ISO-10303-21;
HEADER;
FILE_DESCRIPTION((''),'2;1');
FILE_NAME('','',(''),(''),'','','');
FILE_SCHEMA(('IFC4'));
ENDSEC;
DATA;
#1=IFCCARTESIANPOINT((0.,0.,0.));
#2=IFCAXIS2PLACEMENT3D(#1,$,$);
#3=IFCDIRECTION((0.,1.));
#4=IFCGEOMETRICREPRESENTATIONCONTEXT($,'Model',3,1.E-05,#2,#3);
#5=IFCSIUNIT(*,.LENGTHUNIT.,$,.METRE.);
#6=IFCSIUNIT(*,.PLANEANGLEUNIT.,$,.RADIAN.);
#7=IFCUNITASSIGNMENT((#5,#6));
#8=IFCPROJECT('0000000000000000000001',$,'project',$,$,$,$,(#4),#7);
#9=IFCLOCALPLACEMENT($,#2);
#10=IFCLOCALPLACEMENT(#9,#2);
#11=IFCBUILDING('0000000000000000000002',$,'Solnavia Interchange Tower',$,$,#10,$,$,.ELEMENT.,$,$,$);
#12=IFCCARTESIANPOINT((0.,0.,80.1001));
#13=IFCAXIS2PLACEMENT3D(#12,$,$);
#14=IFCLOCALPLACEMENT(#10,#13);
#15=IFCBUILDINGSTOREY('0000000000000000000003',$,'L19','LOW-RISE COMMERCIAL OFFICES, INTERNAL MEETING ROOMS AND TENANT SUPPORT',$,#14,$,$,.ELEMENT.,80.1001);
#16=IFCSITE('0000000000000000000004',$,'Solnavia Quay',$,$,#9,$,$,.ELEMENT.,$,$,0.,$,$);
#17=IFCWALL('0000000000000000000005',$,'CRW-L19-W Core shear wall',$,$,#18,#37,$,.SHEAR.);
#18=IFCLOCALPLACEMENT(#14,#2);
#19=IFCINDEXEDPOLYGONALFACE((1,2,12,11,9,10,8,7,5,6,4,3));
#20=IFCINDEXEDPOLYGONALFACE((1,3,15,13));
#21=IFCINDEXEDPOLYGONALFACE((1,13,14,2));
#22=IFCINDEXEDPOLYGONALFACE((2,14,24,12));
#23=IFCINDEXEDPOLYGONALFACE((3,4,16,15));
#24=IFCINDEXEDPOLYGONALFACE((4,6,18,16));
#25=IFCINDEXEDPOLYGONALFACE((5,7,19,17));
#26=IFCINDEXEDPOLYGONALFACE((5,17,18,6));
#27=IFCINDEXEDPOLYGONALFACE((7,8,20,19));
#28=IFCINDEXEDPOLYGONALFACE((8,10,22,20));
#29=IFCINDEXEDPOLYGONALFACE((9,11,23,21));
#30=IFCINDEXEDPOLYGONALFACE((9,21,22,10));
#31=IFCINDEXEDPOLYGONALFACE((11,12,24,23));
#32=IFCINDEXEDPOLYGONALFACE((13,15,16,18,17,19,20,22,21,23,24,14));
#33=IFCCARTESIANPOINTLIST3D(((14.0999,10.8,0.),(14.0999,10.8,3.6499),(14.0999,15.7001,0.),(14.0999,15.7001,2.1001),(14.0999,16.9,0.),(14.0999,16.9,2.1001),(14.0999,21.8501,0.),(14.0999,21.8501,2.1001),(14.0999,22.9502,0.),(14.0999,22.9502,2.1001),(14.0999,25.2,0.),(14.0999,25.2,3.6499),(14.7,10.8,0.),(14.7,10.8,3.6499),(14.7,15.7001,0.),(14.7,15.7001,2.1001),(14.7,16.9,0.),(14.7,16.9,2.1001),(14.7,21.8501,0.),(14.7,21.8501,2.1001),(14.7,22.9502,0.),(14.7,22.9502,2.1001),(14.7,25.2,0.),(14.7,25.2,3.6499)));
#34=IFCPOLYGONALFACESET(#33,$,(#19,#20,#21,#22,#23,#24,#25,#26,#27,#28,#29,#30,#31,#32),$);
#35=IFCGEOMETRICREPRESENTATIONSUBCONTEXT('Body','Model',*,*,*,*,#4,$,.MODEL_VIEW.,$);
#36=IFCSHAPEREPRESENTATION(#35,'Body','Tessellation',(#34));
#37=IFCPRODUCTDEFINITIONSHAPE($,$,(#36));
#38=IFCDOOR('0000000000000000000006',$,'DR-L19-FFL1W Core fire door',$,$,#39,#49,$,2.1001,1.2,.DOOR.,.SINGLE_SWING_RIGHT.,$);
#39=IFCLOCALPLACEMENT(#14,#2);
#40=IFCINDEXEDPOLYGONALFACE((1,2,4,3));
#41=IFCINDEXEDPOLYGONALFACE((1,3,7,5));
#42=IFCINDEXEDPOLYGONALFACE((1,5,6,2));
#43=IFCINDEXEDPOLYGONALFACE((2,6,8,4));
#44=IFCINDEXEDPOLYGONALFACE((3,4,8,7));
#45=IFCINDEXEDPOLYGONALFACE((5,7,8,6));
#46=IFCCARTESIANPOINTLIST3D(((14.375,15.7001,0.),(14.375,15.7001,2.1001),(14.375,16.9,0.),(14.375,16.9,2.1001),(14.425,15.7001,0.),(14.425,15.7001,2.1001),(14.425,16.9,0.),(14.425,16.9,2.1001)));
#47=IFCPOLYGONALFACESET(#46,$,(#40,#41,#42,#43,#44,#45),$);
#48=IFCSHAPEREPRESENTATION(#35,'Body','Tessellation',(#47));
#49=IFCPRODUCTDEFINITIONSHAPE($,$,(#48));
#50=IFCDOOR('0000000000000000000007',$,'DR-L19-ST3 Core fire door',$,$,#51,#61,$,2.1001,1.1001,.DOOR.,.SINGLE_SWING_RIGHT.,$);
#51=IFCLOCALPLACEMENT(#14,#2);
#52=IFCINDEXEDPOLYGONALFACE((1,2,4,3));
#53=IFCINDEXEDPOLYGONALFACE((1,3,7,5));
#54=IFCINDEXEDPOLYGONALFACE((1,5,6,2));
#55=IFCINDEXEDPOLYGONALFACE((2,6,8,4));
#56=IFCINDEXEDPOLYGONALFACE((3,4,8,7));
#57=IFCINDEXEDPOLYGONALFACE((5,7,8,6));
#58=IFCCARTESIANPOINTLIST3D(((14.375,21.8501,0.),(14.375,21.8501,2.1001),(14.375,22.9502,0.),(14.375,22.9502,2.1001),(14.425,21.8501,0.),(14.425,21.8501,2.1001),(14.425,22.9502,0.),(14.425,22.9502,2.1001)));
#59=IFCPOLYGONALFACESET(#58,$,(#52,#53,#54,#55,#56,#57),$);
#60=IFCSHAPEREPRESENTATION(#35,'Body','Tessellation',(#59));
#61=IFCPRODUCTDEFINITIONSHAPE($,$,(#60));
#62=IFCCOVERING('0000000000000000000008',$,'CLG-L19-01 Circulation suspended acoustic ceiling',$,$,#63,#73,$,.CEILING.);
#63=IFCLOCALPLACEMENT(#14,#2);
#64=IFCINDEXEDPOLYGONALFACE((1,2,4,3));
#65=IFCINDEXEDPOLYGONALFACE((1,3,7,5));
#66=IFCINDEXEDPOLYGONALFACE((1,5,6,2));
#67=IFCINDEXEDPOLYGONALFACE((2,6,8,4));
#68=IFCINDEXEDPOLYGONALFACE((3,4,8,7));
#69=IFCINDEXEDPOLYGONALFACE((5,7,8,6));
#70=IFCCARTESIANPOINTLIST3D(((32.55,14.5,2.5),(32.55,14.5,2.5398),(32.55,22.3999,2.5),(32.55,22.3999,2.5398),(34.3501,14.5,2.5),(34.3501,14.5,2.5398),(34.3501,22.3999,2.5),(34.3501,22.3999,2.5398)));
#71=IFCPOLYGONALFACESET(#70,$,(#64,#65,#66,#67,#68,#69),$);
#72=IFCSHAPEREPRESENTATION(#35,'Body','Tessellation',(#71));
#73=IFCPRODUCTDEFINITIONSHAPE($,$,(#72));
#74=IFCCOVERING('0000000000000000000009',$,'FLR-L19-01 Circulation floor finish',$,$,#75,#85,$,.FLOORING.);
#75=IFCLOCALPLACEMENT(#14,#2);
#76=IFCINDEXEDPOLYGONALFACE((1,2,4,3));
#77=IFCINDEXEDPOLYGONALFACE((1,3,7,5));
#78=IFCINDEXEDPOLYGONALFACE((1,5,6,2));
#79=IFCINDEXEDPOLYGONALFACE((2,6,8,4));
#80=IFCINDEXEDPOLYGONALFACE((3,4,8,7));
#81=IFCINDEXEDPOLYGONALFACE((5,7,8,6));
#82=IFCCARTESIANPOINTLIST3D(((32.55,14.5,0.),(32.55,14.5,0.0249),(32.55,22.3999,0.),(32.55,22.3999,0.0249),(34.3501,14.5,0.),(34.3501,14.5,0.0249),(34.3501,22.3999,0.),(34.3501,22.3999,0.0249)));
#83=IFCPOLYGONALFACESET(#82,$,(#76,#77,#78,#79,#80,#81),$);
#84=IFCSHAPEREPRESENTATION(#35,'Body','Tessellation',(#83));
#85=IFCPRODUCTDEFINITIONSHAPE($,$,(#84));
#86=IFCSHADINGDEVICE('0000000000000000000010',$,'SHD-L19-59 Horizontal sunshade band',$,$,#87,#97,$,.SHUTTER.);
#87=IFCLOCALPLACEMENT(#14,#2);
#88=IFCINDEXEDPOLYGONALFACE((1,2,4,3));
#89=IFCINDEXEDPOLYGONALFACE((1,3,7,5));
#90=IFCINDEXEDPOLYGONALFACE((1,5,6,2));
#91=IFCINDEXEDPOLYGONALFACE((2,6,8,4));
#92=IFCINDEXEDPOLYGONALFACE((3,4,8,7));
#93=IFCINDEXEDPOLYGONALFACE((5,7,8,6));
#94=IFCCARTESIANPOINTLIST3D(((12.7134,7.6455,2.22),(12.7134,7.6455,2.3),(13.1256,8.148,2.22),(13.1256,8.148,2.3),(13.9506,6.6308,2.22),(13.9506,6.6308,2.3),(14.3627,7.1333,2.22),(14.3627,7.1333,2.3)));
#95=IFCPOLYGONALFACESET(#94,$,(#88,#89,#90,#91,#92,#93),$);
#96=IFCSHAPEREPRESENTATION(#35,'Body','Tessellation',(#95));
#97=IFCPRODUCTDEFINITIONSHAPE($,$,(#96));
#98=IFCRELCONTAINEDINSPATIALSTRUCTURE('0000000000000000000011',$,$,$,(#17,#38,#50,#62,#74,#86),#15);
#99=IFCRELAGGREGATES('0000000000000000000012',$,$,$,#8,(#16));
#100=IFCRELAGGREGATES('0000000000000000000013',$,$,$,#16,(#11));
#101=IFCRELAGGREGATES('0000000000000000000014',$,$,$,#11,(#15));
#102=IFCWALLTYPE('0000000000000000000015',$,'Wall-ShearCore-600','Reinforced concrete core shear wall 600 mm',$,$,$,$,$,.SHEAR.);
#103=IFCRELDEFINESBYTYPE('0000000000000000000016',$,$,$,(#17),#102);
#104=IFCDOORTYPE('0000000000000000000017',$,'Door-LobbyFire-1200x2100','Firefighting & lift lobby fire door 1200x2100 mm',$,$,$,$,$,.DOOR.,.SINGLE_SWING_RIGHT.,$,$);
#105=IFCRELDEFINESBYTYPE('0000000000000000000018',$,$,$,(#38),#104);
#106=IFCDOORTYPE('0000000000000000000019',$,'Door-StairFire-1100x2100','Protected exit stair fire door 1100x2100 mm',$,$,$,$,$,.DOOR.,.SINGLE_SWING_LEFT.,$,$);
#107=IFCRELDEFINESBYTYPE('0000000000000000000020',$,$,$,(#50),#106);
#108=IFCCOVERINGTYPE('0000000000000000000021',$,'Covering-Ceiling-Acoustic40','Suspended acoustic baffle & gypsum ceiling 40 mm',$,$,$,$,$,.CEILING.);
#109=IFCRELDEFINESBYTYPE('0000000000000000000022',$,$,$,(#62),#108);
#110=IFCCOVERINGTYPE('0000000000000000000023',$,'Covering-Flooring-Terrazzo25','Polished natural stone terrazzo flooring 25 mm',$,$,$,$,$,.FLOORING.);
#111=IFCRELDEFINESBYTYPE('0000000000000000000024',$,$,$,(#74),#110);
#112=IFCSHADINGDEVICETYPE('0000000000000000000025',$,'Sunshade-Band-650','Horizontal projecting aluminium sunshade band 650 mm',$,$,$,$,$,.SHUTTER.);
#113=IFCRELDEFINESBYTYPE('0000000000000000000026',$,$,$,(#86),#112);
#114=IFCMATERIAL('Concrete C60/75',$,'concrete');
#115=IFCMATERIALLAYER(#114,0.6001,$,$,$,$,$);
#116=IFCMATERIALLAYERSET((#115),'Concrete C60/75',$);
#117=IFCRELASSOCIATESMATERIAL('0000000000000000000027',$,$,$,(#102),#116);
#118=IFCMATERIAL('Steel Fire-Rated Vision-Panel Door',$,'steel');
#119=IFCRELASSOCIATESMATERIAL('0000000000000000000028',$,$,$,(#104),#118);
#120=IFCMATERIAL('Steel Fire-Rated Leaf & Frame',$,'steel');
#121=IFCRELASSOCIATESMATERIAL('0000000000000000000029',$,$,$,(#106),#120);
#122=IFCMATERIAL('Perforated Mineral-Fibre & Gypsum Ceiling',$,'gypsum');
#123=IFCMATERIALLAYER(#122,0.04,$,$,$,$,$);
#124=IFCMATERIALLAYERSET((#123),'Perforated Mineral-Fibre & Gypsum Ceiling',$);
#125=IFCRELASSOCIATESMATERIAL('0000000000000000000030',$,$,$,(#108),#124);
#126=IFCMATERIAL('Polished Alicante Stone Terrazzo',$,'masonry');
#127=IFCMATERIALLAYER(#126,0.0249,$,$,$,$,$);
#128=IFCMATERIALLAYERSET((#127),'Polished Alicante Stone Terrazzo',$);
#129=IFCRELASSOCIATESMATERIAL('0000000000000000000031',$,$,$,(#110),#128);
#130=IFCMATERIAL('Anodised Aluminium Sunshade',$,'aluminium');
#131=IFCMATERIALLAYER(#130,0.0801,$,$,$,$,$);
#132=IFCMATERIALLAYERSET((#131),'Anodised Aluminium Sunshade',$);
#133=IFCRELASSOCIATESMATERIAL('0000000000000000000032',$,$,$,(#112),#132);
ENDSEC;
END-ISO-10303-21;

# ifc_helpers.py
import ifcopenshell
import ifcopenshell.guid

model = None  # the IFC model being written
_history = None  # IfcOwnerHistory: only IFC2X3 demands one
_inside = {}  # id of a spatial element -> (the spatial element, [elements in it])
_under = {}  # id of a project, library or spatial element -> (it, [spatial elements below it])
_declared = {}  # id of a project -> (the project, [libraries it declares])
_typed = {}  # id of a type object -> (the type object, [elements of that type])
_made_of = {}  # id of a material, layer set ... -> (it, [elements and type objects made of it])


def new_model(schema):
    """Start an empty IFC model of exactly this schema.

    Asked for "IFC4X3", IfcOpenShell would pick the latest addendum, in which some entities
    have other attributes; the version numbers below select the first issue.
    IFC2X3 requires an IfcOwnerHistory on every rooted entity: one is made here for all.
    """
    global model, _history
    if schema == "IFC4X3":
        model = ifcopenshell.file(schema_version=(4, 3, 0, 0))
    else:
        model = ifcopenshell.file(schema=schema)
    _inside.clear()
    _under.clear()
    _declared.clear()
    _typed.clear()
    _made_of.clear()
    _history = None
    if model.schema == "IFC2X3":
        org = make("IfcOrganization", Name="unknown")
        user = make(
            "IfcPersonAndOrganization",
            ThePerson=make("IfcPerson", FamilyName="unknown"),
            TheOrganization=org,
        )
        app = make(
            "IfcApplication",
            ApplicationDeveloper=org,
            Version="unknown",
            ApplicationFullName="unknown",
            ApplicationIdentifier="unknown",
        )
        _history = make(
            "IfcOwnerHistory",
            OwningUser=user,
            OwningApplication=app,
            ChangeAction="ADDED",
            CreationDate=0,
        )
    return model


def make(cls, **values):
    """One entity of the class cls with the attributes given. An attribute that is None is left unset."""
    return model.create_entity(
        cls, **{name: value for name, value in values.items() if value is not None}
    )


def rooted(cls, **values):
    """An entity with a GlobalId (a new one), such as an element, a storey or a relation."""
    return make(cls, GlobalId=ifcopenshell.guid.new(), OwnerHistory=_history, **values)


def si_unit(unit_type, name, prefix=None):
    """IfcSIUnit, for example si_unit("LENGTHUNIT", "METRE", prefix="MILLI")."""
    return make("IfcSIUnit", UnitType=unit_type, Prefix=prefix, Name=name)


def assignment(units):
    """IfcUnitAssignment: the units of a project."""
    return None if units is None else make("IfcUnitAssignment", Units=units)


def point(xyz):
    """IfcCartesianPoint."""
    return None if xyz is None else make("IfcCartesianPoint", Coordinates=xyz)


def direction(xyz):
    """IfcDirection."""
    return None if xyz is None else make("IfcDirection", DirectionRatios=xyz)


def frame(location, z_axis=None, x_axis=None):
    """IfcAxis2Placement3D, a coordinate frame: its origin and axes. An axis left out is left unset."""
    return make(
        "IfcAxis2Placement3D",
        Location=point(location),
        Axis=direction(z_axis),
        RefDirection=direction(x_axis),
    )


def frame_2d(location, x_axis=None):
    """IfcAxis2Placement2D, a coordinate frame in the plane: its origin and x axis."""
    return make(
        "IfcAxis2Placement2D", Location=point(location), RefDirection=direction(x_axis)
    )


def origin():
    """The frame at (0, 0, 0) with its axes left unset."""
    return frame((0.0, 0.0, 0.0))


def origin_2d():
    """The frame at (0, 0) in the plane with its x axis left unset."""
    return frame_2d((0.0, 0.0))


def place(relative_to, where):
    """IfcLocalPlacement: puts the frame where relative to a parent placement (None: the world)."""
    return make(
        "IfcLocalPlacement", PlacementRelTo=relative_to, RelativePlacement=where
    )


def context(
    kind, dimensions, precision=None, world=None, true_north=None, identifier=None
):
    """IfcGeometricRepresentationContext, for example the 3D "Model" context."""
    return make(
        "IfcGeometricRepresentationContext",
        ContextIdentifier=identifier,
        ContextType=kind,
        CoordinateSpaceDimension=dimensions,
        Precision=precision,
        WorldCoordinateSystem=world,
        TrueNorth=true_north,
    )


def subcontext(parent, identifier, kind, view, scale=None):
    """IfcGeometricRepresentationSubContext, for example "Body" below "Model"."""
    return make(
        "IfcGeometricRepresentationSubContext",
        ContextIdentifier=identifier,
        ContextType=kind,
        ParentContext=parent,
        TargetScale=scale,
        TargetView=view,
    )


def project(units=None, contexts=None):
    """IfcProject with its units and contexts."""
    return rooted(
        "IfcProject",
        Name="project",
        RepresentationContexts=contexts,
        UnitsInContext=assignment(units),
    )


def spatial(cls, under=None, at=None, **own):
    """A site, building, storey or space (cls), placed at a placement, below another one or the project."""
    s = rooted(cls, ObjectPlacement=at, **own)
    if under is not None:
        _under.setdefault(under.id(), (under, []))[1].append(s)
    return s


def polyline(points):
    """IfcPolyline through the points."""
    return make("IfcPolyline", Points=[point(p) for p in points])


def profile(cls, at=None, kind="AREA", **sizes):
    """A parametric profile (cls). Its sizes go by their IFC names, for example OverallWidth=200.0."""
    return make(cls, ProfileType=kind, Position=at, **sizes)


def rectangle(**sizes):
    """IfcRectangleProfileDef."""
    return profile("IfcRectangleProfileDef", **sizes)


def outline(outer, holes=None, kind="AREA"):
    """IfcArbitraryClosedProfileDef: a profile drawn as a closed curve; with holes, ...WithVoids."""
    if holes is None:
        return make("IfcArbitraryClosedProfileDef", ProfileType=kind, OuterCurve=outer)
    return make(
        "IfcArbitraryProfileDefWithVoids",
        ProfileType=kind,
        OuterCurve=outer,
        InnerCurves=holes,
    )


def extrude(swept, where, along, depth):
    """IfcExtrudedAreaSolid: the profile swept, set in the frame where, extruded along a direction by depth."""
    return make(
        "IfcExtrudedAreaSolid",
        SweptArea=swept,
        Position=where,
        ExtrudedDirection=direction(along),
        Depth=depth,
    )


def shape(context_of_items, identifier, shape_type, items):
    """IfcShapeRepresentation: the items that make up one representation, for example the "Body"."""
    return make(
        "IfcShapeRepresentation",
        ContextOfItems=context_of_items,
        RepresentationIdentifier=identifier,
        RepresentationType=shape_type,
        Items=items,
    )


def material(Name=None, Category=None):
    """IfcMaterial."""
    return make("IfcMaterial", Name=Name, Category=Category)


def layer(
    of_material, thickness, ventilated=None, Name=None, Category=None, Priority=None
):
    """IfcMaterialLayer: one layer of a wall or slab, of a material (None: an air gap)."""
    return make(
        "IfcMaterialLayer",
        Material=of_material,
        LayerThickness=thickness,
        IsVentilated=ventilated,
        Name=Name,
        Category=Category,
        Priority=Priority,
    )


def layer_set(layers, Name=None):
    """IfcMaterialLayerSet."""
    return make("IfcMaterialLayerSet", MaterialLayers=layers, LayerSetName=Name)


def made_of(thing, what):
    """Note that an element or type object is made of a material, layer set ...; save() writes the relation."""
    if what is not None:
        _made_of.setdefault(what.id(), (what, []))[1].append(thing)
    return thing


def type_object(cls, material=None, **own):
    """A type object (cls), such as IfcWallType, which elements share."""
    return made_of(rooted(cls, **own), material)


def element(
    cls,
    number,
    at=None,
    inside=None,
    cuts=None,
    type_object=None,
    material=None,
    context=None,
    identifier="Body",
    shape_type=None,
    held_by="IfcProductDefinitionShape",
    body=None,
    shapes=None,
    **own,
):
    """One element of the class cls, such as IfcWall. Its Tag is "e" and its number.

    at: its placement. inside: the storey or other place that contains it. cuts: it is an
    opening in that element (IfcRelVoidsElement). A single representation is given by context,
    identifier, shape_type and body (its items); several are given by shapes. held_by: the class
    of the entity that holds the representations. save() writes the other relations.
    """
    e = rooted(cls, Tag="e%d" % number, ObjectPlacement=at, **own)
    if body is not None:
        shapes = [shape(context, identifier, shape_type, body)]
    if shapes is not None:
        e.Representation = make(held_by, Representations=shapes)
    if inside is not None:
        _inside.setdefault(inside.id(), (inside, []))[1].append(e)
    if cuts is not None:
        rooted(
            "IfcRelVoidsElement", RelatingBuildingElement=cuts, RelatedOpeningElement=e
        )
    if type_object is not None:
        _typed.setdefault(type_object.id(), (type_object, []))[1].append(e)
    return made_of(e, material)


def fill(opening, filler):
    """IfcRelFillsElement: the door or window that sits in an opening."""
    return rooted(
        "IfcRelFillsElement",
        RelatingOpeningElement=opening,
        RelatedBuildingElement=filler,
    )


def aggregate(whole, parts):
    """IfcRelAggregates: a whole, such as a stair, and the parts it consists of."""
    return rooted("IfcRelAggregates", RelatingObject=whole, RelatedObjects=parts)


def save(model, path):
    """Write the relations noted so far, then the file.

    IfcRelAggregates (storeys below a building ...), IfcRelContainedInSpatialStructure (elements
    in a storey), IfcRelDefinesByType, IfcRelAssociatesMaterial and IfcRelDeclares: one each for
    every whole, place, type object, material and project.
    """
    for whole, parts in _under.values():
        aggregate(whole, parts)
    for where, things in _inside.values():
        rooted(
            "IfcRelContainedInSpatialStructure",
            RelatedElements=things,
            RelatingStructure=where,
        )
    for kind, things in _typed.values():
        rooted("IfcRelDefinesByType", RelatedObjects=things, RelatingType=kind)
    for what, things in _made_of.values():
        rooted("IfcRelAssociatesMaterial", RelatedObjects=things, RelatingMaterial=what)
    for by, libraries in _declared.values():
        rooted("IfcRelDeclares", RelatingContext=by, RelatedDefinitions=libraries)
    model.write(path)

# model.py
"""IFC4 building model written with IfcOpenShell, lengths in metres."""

from ifc_helpers import new_model, si_unit, direction, frame, frame_2d, origin, origin_2d, place, context, subcontext, project, spatial, polyline, rectangle, outline, extrude, material, layer, layer_set, type_object, element, fill, save


model = new_model("IFC4")

# Units and contexts
model_context = context("Model", 3, precision=1e-05, world=origin(), true_north=direction((0.0, 1.0)))
body_context = subcontext(model_context, "Body", "Model", "MODEL_VIEW")
ifc_project = project(units=[si_unit("LENGTHUNIT", "METRE"), si_unit("PLANEANGLEUNIT", "RADIAN")], contexts=[model_context])

# Site, building, storey
site_placement = place(None, origin())
site = spatial("IfcSite", under=ifc_project, at=site_placement, Name="Solnavia Quay", CompositionType="ELEMENT", RefElevation=0.0)
building_placement = place(site_placement, origin())
building = spatial("IfcBuilding", under=site, at=building_placement, Name="Solnavia Interchange Tower", CompositionType="ELEMENT")
storey_placement = place(building_placement, frame((0.0, 0.0, 80.1001)))
storey = spatial("IfcBuildingStorey", under=building, at=storey_placement, Name="L19", Description="LOW-RISE COMMERCIAL OFFICES, INTERNAL MEETING ROOMS AND TENANT SUPPORT", CompositionType="ELEMENT", Elevation=80.1001)

# Shared definitions
ifc_material_1 = material(Name="Concrete C60/75", Category="concrete")

# Shared definitions
ifc_layer_1 = layer(ifc_material_1, 0.6001)
ifc_layer_set_1 = layer_set([ifc_layer_1], Name="Concrete C60/75")
wall_type_1 = type_object("IfcWallType", Name="Wall-ShearCore-600", Description="Reinforced concrete core shear wall 600 mm", PredefinedType="SHEAR", material=ifc_layer_set_1)

# Wall, openings, doors
wall_1_placement = place(storey_placement, frame((14.3999, 10.8, 0.0), z_axis=(0.0, 0.0, 1.0), x_axis=(0.0, 1.0, 0.0)))
wall_1 = element("IfcWall", 1, at=wall_1_placement, inside=storey, type_object=wall_type_1, Name="CRW-L19-W Core shear wall", PredefinedType="SHEAR", context=body_context, shape_type="SweptSolid", body=[
    extrude(rectangle(XDim=14.3999, YDim=0.6001, at=frame_2d((7.2, 0.0))), origin(), (0.0, 0.0, 1.0), 3.6499),
])
opening_1_placement = place(wall_1_placement, frame((11.05, 0.0, 0.0)))
opening_1 = element("IfcOpeningElement", 2, at=opening_1_placement, cuts=wall_1, PredefinedType="OPENING", context=body_context, shape_type="SweptSolid", body=[
    extrude(rectangle(XDim=1.1001, YDim=2.1001, at=frame_2d((0.55, 1.05))), frame((0.0, 0.3101, 0.0), z_axis=(0.0, -1.0, 0.0), x_axis=(1.0, 0.0, 0.0)), (0.0, 0.0, 1.0), 0.6201),
])
opening_2_placement = place(wall_1_placement, frame((4.8999, 0.0, 0.0)))
opening_2 = element("IfcOpeningElement", 3, at=opening_2_placement, cuts=wall_1, PredefinedType="OPENING", context=body_context, shape_type="SweptSolid", body=[
    extrude(rectangle(XDim=1.2, YDim=2.1001, at=frame_2d((0.6001, 1.05))), frame((0.0, 0.3101, 0.0), z_axis=(0.0, -1.0, 0.0), x_axis=(1.0, 0.0, 0.0)), (0.0, 0.0, 1.0), 0.6201),
])
ifc_material_2 = material(Name="Steel Fire-Rated Vision-Panel Door", Category="steel")
door_type_1 = type_object("IfcDoorType", Name="Door-LobbyFire-1200x2100", Description="Firefighting & lift lobby fire door 1200x2100 mm", OperationType="SINGLE_SWING_RIGHT", PredefinedType="DOOR", material=ifc_material_2)
door_1_placement = place(opening_2_placement, origin())
door_1 = element("IfcDoor", 4, at=door_1_placement, inside=storey, type_object=door_type_1, Name="DR-L19-FFL1W Core fire door", OperationType="SINGLE_SWING_RIGHT", OverallHeight=2.1001, OverallWidth=1.2, PredefinedType="DOOR", context=body_context, shape_type="SweptSolid", body=[
    extrude(rectangle(XDim=1.2, YDim=2.1001, at=frame_2d((0.6001, 1.05))), frame((0.0, 0.0249, 0.0), z_axis=(0.0, -1.0, 0.0), x_axis=(1.0, 0.0, 0.0)), (0.0, 0.0, 1.0), 0.05),
])
fill(opening_2, door_1)
ifc_material_3 = material(Name="Steel Fire-Rated Leaf & Frame", Category="steel")
door_type_2 = type_object("IfcDoorType", Name="Door-StairFire-1100x2100", Description="Protected exit stair fire door 1100x2100 mm", OperationType="SINGLE_SWING_LEFT", PredefinedType="DOOR", material=ifc_material_3)
door_2_placement = place(opening_1_placement, origin())
door_2 = element("IfcDoor", 5, at=door_2_placement, inside=storey, type_object=door_type_2, Name="DR-L19-ST3 Core fire door", OperationType="SINGLE_SWING_RIGHT", OverallHeight=2.1001, OverallWidth=1.1001, PredefinedType="DOOR", context=body_context, shape_type="SweptSolid", body=[
    extrude(rectangle(XDim=1.1001, YDim=2.1001, at=frame_2d((0.55, 1.05))), frame((0.0, 0.0249, 0.0), z_axis=(0.0, -1.0, 0.0), x_axis=(1.0, 0.0, 0.0)), (0.0, 0.0, 1.0), 0.05),
])
fill(opening_1, door_2)

# Coverings
ifc_material_4 = material(Name="Perforated Mineral-Fibre & Gypsum Ceiling", Category="gypsum")
ifc_layer_2 = layer(ifc_material_4, 0.04)
ifc_layer_set_2 = layer_set([ifc_layer_2], Name="Perforated Mineral-Fibre & Gypsum Ceiling")
covering_type_1 = type_object("IfcCoveringType", Name="Covering-Ceiling-Acoustic40", Description="Suspended acoustic baffle & gypsum ceiling 40 mm", PredefinedType="CEILING", material=ifc_layer_set_2)
covering_1_placement = place(storey_placement, frame((0.0, 0.0, 2.5)))
element("IfcCovering", 6, at=covering_1_placement, inside=storey, type_object=covering_type_1, Name="CLG-L19-01 Circulation suspended acoustic ceiling", PredefinedType="CEILING", context=body_context, shape_type="SweptSolid", body=[
    extrude(outline(polyline([(32.55, 14.5), (34.3501, 14.5), (34.3501, 22.3999), (32.55, 22.3999), (32.55, 14.5)])), origin(), (0.0, 0.0, 1.0), 0.0398),
])
ifc_material_5 = material(Name="Polished Alicante Stone Terrazzo", Category="masonry")
ifc_layer_3 = layer(ifc_material_5, 0.0249)
ifc_layer_set_3 = layer_set([ifc_layer_3], Name="Polished Alicante Stone Terrazzo")
covering_type_2 = type_object("IfcCoveringType", Name="Covering-Flooring-Terrazzo25", Description="Polished natural stone terrazzo flooring 25 mm", PredefinedType="FLOORING", material=ifc_layer_set_3)
covering_2_placement = place(storey_placement, origin())
element("IfcCovering", 7, at=covering_2_placement, inside=storey, type_object=covering_type_2, Name="FLR-L19-01 Circulation floor finish", PredefinedType="FLOORING", context=body_context, shape_type="SweptSolid", body=[
    extrude(outline(polyline([(32.55, 14.5), (34.3501, 14.5), (34.3501, 22.3999), (32.55, 22.3999), (32.55, 14.5)])), origin(), (0.0, 0.0, 1.0), 0.0249),
])

# Shading device
ifc_material_6 = material(Name="Anodised Aluminium Sunshade", Category="aluminium")
ifc_layer_4 = layer(ifc_material_6, 0.0801)
ifc_layer_set_4 = layer_set([ifc_layer_4], Name="Anodised Aluminium Sunshade")
shading_device_type = type_object("IfcShadingDeviceType", Name="Sunshade-Band-650", Description="Horizontal projecting aluminium sunshade band 650 mm", PredefinedType="SHUTTER", material=ifc_layer_set_4)
shading_device_placement = place(storey_placement, frame((13.5381, 7.3894, 2.22), z_axis=(0.0, 0.0, 1.0), x_axis=(-0.773177, 0.634191, 0.0)))
element("IfcShadingDevice", 8, at=shading_device_placement, inside=storey, type_object=shading_device_type, Name="SHD-L19-59 Horizontal sunshade band", PredefinedType="SHUTTER", context=body_context, shape_type="SweptSolid", body=[
    extrude(rectangle(XDim=1.6001, YDim=0.6499, at=origin_2d()), origin(), (0.0, 0.0, 1.0), 0.0801),
])

save(model, "model.ifc")
